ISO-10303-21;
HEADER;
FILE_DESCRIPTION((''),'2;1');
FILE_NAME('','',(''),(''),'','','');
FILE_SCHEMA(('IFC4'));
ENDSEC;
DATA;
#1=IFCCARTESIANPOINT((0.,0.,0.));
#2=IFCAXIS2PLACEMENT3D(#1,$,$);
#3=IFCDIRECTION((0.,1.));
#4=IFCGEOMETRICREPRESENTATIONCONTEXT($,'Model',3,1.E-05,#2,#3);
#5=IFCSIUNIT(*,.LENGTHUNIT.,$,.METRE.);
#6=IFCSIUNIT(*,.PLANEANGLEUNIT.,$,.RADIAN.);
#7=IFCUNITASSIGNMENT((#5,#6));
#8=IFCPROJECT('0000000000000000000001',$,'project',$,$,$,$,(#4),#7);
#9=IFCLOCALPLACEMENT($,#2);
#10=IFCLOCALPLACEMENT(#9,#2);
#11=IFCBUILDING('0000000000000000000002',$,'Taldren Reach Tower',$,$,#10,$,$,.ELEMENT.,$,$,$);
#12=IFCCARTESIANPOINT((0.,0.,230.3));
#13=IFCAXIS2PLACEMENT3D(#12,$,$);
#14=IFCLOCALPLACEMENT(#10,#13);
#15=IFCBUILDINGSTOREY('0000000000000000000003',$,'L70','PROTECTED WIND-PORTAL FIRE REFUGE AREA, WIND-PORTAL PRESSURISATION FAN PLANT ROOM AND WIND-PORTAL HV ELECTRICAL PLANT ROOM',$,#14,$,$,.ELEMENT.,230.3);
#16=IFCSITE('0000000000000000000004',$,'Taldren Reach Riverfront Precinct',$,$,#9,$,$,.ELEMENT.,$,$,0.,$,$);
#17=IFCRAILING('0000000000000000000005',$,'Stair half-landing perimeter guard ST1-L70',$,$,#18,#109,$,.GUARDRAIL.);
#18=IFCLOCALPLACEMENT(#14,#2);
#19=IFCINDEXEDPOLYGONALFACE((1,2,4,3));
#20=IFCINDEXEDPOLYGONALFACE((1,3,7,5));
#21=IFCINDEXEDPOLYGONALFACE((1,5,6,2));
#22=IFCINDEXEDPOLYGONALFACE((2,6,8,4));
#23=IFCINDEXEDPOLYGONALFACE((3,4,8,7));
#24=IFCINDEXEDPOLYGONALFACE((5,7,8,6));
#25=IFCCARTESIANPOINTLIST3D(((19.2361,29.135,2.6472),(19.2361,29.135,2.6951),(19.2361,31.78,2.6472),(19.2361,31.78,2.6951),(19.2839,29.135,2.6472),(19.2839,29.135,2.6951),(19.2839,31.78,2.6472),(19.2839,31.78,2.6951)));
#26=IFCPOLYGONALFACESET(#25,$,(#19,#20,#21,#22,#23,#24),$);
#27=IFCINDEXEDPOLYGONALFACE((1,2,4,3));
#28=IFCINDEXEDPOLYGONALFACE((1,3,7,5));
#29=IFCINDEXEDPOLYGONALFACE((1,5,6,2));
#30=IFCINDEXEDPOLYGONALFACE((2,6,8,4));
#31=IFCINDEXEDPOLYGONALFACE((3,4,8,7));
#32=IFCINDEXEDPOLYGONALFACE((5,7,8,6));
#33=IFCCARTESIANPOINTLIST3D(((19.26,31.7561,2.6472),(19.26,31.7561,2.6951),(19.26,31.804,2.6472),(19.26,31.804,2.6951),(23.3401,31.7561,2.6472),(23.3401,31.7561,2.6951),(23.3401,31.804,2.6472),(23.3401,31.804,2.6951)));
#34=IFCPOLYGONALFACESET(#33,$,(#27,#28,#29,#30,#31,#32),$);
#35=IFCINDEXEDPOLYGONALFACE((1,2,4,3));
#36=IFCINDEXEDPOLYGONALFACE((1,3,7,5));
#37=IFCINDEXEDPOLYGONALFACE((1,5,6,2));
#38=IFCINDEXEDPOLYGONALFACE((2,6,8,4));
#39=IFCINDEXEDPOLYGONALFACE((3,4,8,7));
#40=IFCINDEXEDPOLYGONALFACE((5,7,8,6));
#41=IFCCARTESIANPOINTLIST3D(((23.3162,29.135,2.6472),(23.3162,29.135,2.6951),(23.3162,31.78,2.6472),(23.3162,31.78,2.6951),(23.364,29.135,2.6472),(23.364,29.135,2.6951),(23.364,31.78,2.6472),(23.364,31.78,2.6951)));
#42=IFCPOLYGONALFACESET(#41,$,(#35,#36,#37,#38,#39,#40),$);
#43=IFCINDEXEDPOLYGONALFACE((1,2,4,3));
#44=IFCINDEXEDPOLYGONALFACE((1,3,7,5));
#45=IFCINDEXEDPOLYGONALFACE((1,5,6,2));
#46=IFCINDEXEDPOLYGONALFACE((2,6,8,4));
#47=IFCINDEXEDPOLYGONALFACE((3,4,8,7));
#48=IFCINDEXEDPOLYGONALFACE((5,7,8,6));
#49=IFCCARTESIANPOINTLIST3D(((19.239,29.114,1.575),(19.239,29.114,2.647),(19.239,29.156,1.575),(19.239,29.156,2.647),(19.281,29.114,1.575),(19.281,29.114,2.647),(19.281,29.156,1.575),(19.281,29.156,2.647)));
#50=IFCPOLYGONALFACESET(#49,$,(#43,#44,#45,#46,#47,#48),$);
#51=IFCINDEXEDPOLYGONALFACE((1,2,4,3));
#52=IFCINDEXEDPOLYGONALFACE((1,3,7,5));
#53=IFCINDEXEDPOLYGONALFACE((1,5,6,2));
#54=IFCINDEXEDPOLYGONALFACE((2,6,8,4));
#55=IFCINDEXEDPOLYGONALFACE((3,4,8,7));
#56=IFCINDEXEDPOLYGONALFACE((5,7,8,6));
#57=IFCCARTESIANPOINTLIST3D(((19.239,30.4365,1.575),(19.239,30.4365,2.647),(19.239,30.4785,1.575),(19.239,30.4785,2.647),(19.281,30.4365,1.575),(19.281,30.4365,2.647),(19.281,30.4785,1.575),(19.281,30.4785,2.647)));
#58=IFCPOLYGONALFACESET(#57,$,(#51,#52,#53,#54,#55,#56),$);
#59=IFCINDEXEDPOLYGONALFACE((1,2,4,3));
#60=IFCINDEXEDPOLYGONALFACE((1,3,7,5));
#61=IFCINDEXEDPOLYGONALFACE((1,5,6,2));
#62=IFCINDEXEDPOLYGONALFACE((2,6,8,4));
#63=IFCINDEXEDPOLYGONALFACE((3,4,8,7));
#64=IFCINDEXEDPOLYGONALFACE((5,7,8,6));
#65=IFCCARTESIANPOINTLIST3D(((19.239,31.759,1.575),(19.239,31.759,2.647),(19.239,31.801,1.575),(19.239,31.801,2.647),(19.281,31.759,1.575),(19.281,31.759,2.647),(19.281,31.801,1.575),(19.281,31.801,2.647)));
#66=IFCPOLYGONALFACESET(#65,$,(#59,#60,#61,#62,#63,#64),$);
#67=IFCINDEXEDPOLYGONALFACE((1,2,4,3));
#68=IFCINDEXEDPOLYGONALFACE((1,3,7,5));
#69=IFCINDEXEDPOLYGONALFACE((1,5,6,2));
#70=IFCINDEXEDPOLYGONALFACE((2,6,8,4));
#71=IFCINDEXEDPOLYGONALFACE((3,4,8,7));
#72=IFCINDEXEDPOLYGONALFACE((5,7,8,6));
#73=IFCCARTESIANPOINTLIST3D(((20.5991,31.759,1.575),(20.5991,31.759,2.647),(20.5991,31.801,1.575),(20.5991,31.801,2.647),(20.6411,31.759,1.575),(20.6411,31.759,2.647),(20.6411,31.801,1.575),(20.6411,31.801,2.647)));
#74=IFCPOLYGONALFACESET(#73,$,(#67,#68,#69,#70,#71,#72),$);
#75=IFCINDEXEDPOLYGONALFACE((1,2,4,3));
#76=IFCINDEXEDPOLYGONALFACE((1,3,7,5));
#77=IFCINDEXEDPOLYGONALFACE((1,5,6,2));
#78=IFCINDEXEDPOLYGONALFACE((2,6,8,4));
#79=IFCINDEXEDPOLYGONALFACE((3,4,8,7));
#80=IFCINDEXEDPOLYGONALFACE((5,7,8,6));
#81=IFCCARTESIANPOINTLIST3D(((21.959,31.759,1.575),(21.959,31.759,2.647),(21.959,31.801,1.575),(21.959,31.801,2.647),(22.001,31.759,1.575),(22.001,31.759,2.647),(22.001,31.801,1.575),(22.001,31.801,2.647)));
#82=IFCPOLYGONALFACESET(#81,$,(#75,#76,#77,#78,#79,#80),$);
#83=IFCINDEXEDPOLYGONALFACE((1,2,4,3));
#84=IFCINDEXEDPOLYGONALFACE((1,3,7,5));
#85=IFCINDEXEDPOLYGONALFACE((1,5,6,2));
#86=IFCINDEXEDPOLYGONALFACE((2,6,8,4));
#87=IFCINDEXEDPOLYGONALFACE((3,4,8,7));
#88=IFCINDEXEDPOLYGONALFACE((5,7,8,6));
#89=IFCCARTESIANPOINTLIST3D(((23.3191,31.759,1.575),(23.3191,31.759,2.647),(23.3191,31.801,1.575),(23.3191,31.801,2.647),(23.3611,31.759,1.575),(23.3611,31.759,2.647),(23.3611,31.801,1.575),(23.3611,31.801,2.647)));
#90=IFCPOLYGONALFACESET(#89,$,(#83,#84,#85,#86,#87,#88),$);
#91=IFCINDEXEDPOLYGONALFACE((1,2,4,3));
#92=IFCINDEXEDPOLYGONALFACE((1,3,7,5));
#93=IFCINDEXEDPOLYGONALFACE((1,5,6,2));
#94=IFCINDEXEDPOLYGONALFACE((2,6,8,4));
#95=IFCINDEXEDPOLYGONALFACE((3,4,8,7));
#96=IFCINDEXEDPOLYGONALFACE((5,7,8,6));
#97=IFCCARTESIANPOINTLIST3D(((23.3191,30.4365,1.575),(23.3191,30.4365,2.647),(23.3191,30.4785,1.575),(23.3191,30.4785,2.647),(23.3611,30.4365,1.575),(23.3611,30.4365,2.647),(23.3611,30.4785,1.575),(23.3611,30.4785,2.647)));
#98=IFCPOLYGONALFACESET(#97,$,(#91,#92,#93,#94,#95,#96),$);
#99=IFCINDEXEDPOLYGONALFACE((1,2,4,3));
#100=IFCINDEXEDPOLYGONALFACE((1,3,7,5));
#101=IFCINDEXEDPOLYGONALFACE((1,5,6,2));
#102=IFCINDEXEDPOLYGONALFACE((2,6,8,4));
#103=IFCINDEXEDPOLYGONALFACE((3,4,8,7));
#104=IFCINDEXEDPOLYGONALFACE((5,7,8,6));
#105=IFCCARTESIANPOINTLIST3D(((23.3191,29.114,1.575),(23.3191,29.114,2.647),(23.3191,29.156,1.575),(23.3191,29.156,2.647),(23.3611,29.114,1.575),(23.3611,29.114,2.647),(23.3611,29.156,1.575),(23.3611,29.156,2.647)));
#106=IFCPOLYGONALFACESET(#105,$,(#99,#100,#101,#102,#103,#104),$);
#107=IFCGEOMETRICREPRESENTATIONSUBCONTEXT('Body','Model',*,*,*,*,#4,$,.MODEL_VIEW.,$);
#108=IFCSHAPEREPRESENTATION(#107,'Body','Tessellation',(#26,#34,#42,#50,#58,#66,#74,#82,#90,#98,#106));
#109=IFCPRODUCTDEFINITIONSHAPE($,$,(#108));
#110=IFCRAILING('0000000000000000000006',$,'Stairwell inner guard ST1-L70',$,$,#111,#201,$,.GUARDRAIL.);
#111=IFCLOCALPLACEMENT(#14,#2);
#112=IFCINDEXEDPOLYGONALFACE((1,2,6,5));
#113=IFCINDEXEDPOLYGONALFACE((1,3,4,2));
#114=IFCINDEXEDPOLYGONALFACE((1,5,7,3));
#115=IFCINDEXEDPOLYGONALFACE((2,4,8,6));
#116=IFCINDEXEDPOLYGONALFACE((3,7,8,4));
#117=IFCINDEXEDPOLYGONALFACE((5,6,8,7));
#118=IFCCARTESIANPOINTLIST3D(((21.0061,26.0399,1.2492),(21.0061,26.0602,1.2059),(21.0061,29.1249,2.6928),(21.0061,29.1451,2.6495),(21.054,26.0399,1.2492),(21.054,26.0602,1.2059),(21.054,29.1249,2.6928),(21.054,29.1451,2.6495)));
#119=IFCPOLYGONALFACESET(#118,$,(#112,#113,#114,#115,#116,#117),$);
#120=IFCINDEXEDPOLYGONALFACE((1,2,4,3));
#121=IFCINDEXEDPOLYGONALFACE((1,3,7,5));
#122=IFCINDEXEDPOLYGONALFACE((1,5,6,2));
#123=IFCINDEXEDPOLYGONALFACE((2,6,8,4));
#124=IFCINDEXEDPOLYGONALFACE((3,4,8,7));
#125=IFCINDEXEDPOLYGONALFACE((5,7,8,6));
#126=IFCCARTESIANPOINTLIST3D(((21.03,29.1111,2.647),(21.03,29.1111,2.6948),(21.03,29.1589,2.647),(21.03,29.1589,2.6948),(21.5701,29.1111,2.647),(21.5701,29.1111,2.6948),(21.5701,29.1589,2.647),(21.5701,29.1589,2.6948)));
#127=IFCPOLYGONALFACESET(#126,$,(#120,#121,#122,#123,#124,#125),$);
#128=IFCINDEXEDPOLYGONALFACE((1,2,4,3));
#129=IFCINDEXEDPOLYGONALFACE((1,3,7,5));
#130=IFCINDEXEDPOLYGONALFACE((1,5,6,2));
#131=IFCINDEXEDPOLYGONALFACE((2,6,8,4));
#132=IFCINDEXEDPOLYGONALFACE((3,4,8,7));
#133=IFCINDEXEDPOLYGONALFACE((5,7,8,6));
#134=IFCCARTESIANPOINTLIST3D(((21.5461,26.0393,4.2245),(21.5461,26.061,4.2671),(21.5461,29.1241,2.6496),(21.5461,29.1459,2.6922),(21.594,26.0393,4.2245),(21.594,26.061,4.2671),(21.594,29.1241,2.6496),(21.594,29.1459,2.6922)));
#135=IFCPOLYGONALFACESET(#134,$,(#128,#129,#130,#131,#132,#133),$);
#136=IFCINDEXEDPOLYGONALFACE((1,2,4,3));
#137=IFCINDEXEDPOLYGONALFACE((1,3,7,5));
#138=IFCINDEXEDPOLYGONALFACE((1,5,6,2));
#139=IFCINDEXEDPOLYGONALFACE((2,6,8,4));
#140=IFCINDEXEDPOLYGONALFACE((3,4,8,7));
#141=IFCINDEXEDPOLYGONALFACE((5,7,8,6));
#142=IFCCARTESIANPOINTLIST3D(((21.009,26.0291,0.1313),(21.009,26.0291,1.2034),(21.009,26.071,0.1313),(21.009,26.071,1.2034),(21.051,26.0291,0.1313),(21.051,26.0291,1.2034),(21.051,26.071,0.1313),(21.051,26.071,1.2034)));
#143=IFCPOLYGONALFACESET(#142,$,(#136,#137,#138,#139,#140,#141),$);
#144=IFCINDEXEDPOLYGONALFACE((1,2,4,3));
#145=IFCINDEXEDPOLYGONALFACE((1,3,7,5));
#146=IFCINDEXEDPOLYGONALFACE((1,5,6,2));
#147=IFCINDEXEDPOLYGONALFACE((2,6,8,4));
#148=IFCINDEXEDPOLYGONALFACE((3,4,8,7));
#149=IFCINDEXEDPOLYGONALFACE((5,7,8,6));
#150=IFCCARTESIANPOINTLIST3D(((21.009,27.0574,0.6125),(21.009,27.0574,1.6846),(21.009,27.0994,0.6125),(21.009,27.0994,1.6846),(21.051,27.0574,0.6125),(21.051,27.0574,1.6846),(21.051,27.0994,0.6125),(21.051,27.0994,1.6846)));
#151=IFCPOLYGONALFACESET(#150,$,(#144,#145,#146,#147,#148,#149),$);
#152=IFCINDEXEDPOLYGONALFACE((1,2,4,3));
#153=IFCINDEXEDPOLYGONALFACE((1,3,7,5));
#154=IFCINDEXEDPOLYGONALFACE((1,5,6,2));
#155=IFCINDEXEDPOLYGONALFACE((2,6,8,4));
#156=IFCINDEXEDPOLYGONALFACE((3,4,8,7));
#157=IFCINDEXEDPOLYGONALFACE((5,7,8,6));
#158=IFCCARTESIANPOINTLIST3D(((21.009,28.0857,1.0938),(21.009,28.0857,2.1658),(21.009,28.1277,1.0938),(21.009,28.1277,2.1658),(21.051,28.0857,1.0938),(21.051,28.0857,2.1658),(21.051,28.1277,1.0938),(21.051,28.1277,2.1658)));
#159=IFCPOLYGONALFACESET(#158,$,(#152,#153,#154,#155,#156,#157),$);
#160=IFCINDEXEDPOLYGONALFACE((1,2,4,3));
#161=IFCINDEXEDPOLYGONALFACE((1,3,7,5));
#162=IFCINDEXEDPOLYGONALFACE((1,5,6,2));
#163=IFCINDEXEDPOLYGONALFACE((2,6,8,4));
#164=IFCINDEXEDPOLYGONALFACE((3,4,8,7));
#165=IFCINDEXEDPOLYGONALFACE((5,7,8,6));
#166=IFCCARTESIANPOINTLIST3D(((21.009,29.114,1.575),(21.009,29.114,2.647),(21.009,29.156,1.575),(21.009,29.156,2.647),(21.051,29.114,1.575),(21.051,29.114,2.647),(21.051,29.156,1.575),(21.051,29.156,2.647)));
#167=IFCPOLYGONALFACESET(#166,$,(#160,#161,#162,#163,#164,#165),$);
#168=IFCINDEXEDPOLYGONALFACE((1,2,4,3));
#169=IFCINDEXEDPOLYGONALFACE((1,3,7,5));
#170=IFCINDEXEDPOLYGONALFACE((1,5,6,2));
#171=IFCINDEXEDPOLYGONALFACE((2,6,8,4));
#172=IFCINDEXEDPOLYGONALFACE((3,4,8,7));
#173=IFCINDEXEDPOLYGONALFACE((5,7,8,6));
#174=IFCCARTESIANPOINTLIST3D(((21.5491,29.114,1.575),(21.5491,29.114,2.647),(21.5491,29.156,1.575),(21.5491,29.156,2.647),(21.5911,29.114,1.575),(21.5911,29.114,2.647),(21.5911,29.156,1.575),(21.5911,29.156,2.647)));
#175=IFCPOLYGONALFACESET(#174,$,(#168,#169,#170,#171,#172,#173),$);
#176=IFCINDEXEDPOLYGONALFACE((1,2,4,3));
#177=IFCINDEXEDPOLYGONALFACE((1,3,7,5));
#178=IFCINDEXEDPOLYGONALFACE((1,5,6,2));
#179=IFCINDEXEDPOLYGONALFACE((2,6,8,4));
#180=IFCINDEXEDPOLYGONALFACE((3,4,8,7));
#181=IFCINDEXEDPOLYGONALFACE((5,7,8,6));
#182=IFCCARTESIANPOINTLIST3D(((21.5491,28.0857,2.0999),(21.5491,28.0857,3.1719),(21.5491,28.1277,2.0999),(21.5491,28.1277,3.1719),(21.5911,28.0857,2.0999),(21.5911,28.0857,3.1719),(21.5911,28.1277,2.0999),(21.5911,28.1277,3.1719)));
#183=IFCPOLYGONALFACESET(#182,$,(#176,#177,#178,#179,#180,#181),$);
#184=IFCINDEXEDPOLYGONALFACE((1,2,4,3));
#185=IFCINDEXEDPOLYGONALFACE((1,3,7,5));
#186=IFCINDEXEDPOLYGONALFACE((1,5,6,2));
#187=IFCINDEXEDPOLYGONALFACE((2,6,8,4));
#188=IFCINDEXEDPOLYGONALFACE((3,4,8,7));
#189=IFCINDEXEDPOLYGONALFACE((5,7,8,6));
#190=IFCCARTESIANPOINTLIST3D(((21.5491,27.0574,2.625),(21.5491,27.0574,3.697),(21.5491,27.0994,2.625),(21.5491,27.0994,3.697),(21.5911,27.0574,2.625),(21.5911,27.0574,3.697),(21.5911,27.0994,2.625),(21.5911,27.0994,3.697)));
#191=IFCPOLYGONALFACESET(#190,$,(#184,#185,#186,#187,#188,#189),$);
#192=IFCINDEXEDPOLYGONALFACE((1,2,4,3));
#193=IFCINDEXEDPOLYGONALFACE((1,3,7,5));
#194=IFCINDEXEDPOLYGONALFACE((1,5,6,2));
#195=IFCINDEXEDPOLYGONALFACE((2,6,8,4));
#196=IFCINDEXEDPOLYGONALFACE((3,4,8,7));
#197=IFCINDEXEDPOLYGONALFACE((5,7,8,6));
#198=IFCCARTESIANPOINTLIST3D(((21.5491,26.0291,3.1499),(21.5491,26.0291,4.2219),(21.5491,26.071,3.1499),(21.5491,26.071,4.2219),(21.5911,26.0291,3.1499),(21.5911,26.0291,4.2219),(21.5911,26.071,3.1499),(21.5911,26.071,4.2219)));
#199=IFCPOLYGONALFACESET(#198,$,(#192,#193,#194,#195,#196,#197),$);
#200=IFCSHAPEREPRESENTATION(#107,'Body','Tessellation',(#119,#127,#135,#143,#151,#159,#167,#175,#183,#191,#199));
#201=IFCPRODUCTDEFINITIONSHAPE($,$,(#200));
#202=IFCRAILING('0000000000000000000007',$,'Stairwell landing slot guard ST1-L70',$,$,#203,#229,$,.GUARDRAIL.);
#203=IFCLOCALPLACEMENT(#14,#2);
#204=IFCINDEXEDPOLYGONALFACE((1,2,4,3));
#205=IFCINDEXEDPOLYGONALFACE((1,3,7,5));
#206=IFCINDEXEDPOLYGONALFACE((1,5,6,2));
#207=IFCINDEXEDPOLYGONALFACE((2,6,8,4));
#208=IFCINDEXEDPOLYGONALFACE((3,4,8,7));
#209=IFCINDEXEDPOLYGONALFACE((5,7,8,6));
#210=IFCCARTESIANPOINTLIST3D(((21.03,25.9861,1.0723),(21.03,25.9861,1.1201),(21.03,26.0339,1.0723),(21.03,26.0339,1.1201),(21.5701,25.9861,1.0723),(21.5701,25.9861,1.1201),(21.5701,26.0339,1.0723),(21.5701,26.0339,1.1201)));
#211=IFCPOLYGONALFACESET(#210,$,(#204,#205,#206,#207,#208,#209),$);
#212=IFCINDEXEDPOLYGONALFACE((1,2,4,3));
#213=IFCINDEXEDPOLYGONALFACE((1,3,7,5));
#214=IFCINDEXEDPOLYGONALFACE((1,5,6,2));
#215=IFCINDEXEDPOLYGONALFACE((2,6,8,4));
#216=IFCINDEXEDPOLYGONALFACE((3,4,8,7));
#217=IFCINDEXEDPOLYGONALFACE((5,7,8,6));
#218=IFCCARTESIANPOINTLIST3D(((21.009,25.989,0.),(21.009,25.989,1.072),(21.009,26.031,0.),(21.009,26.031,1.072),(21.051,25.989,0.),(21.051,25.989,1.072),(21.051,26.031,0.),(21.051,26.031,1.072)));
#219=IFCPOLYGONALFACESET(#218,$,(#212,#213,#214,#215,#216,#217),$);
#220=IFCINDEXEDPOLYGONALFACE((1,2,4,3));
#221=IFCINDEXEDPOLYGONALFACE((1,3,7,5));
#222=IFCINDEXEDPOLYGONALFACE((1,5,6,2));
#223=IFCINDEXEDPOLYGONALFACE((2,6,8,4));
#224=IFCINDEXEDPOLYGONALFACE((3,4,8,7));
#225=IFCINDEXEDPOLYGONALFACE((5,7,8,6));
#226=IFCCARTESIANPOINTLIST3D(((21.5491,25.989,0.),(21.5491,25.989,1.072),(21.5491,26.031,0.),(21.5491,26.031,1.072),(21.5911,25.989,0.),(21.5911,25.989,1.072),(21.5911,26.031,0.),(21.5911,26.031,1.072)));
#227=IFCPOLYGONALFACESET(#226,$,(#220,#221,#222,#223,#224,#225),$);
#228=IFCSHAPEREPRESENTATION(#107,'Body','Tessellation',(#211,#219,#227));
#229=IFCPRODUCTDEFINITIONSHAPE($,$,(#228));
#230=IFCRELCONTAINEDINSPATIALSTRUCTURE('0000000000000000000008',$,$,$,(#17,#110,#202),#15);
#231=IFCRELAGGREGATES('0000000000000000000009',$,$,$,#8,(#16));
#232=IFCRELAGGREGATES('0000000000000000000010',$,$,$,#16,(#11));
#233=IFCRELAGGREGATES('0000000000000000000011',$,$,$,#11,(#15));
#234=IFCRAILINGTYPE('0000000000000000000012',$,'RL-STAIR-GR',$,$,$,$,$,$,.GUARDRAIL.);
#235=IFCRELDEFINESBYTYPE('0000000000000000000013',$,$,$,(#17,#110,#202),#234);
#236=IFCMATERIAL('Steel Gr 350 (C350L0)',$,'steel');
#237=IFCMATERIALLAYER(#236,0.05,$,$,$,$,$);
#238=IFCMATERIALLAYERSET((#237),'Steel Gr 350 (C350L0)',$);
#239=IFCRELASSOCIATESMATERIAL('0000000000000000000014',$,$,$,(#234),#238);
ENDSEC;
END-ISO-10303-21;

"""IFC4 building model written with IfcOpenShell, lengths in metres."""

from ifc_helpers import new_model, si_unit, direction, frame, origin, origin_2d, place, context, subcontext, project, spatial, rectangle, extrude, material, layer, layer_set, type_object, element, save


model = new_model("IFC4")

# Units and contexts
model_context = context("Model", 3, precision=1e-05, world=origin(), true_north=direction((0.0, 1.0)))
body_context = subcontext(model_context, "Body", "Model", "MODEL_VIEW")
ifc_project = project(units=[si_unit("LENGTHUNIT", "METRE"), si_unit("PLANEANGLEUNIT", "RADIAN")], contexts=[model_context])

# Site, building, storey
site_placement = place(None, origin())
site = spatial("IfcSite", under=ifc_project, at=site_placement, Name="Taldren Reach Riverfront Precinct", CompositionType="ELEMENT", RefElevation=0.0)
building_placement = place(site_placement, origin())
building = spatial("IfcBuilding", under=site, at=building_placement, Name="Taldren Reach Tower", CompositionType="ELEMENT")
storey_placement = place(building_placement, frame((0.0, 0.0, 230.3)))
storey = spatial("IfcBuildingStorey", under=building, at=storey_placement, Name="L70", Description="PROTECTED WIND-PORTAL FIRE REFUGE AREA, WIND-PORTAL PRESSURISATION FAN PLANT ROOM AND WIND-PORTAL HV ELECTRICAL PLANT ROOM", CompositionType="ELEMENT", Elevation=230.3)

# Shared definitions
ifc_material_1 = material(Name="Steel Gr 350 (C350L0)", Category="steel")

# Railings
ifc_layer_1 = layer(ifc_material_1, 0.05)
ifc_layer_set_1 = layer_set([ifc_layer_1], Name="Steel Gr 350 (C350L0)")
railing_type_1 = type_object("IfcRailingType", Name="RL-STAIR-GR", PredefinedType="GUARDRAIL", material=ifc_layer_set_1)
railing_1_placement = place(storey_placement, frame((19.26, 29.135, 1.575)))
element("IfcRailing", 1, at=railing_1_placement, inside=storey, type_object=railing_type_1, Name="Stair half-landing perimeter guard ST1-L70", PredefinedType="GUARDRAIL", context=body_context, shape_type="SweptSolid", body=[
    extrude(rectangle(XDim=0.0479, YDim=0.0479, at=origin_2d()), frame((0.0, 0.0, 1.0962), z_axis=(0.0, 1.0, 0.0), x_axis=(-1.0, 0.0, 0.0)), (0.0, 0.0, 1.0), 2.645),
    extrude(rectangle(XDim=0.0479, YDim=0.0479, at=origin_2d()), frame((0.0, 2.645, 1.0962), z_axis=(1.0, 0.0, 0.0), x_axis=(0.0, 1.0, 0.0)), (0.0, 0.0, 1.0), 4.0801),
    extrude(rectangle(XDim=0.0479, YDim=0.0479, at=origin_2d()), frame((4.0801, 2.645, 1.0962), z_axis=(0.0, -1.0, 0.0), x_axis=(1.0, 0.0, 0.0)), (0.0, 0.0, 1.0), 2.645),
    extrude(rectangle(XDim=0.042, YDim=0.042, at=origin_2d()), origin(), (0.0, 0.0, 1.0), 1.072),
    extrude(rectangle(XDim=0.042, YDim=0.042, at=origin_2d()), frame((0.0, 1.3225, 0.0)), (0.0, 0.0, 1.0), 1.072),
    extrude(rectangle(XDim=0.042, YDim=0.042, at=origin_2d()), frame((0.0, 2.645, 0.0)), (0.0, 0.0, 1.0), 1.072),
    extrude(rectangle(XDim=0.042, YDim=0.042, at=origin_2d()), frame((1.3601, 2.645, 0.0)), (0.0, 0.0, 1.0), 1.072),
    extrude(rectangle(XDim=0.042, YDim=0.042, at=origin_2d()), frame((2.72, 2.645, 0.0)), (0.0, 0.0, 1.0), 1.072),
    extrude(rectangle(XDim=0.042, YDim=0.042, at=origin_2d()), frame((4.0801, 2.645, 0.0)), (0.0, 0.0, 1.0), 1.072),
    extrude(rectangle(XDim=0.042, YDim=0.042, at=origin_2d()), frame((4.0801, 1.3225, 0.0)), (0.0, 0.0, 1.0), 1.072),
    extrude(rectangle(XDim=0.042, YDim=0.042, at=origin_2d()), frame((4.0801, 0.0, 0.0)), (0.0, 0.0, 1.0), 1.072),
])
railing_2_placement = place(storey_placement, frame((21.03, 26.05, 0.1313)))
element("IfcRailing", 2, at=railing_2_placement, inside=storey, type_object=railing_type_1, Name="Stairwell inner guard ST1-L70", PredefinedType="GUARDRAIL", context=body_context, shape_type="SweptSolid", body=[
    extrude(rectangle(XDim=0.0479, YDim=0.0479, at=origin_2d()), frame((0.0, 0.0, 1.0962), z_axis=(0.0, 0.905738, 0.423839), x_axis=(-1.0, 0.0, 0.0)), (0.0, 0.0, 1.0), 3.406),
    extrude(rectangle(XDim=0.0479, YDim=0.0479, at=origin_2d()), frame((0.0, 3.085, 2.5396), z_axis=(1.0, 0.0, 0.0), x_axis=(0.0, 1.0, 0.0)), (0.0, 0.0, 1.0), 0.54),
    extrude(rectangle(XDim=0.0479, YDim=0.0479, at=origin_2d()), frame((0.54, 3.085, 2.5396), z_axis=(0.0, -0.890646, 0.454697), x_axis=(1.0, 0.0, 0.0)), (0.0, 0.0, 1.0), 3.4636),
    extrude(rectangle(XDim=0.042, YDim=0.042, at=origin_2d()), origin(), (0.0, 0.0, 1.0), 1.072),
    extrude(rectangle(XDim=0.042, YDim=0.042, at=origin_2d()), frame((0.0, 1.0283, 0.4812)), (0.0, 0.0, 1.0), 1.072),
    extrude(rectangle(XDim=0.042, YDim=0.042, at=origin_2d()), frame((0.0, 2.0566, 0.9624)), (0.0, 0.0, 1.0), 1.072),
    extrude(rectangle(XDim=0.042, YDim=0.042, at=origin_2d()), frame((0.0, 3.085, 1.4436)), (0.0, 0.0, 1.0), 1.072),
    extrude(rectangle(XDim=0.042, YDim=0.042, at=origin_2d()), frame((0.54, 3.085, 1.4436)), (0.0, 0.0, 1.0), 1.072),
    extrude(rectangle(XDim=0.042, YDim=0.042, at=origin_2d()), frame((0.54, 2.0566, 1.9685)), (0.0, 0.0, 1.0), 1.072),
    extrude(rectangle(XDim=0.042, YDim=0.042, at=origin_2d()), frame((0.54, 1.0283, 2.4937)), (0.0, 0.0, 1.0), 1.072),
    extrude(rectangle(XDim=0.042, YDim=0.042, at=origin_2d()), frame((0.54, 0.0, 3.0186)), (0.0, 0.0, 1.0), 1.072),
])
railing_3_placement = place(storey_placement, frame((21.03, 26.01, 0.0)))
element("IfcRailing", 3, at=railing_3_placement, inside=storey, type_object=railing_type_1, Name="Stairwell landing slot guard ST1-L70", PredefinedType="GUARDRAIL", context=body_context, shape_type="SweptSolid", body=[
    extrude(rectangle(XDim=0.0479, YDim=0.0479, at=origin_2d()), frame((0.0, 0.0, 1.0962), z_axis=(1.0, 0.0, 0.0), x_axis=(0.0, 1.0, 0.0)), (0.0, 0.0, 1.0), 0.54),
    extrude(rectangle(XDim=0.042, YDim=0.042, at=origin_2d()), origin(), (0.0, 0.0, 1.0), 1.072),
    extrude(rectangle(XDim=0.042, YDim=0.042, at=origin_2d()), frame((0.54, 0.0, 0.0)), (0.0, 0.0, 1.0), 1.072),
])

save(model, "model.ifc")
